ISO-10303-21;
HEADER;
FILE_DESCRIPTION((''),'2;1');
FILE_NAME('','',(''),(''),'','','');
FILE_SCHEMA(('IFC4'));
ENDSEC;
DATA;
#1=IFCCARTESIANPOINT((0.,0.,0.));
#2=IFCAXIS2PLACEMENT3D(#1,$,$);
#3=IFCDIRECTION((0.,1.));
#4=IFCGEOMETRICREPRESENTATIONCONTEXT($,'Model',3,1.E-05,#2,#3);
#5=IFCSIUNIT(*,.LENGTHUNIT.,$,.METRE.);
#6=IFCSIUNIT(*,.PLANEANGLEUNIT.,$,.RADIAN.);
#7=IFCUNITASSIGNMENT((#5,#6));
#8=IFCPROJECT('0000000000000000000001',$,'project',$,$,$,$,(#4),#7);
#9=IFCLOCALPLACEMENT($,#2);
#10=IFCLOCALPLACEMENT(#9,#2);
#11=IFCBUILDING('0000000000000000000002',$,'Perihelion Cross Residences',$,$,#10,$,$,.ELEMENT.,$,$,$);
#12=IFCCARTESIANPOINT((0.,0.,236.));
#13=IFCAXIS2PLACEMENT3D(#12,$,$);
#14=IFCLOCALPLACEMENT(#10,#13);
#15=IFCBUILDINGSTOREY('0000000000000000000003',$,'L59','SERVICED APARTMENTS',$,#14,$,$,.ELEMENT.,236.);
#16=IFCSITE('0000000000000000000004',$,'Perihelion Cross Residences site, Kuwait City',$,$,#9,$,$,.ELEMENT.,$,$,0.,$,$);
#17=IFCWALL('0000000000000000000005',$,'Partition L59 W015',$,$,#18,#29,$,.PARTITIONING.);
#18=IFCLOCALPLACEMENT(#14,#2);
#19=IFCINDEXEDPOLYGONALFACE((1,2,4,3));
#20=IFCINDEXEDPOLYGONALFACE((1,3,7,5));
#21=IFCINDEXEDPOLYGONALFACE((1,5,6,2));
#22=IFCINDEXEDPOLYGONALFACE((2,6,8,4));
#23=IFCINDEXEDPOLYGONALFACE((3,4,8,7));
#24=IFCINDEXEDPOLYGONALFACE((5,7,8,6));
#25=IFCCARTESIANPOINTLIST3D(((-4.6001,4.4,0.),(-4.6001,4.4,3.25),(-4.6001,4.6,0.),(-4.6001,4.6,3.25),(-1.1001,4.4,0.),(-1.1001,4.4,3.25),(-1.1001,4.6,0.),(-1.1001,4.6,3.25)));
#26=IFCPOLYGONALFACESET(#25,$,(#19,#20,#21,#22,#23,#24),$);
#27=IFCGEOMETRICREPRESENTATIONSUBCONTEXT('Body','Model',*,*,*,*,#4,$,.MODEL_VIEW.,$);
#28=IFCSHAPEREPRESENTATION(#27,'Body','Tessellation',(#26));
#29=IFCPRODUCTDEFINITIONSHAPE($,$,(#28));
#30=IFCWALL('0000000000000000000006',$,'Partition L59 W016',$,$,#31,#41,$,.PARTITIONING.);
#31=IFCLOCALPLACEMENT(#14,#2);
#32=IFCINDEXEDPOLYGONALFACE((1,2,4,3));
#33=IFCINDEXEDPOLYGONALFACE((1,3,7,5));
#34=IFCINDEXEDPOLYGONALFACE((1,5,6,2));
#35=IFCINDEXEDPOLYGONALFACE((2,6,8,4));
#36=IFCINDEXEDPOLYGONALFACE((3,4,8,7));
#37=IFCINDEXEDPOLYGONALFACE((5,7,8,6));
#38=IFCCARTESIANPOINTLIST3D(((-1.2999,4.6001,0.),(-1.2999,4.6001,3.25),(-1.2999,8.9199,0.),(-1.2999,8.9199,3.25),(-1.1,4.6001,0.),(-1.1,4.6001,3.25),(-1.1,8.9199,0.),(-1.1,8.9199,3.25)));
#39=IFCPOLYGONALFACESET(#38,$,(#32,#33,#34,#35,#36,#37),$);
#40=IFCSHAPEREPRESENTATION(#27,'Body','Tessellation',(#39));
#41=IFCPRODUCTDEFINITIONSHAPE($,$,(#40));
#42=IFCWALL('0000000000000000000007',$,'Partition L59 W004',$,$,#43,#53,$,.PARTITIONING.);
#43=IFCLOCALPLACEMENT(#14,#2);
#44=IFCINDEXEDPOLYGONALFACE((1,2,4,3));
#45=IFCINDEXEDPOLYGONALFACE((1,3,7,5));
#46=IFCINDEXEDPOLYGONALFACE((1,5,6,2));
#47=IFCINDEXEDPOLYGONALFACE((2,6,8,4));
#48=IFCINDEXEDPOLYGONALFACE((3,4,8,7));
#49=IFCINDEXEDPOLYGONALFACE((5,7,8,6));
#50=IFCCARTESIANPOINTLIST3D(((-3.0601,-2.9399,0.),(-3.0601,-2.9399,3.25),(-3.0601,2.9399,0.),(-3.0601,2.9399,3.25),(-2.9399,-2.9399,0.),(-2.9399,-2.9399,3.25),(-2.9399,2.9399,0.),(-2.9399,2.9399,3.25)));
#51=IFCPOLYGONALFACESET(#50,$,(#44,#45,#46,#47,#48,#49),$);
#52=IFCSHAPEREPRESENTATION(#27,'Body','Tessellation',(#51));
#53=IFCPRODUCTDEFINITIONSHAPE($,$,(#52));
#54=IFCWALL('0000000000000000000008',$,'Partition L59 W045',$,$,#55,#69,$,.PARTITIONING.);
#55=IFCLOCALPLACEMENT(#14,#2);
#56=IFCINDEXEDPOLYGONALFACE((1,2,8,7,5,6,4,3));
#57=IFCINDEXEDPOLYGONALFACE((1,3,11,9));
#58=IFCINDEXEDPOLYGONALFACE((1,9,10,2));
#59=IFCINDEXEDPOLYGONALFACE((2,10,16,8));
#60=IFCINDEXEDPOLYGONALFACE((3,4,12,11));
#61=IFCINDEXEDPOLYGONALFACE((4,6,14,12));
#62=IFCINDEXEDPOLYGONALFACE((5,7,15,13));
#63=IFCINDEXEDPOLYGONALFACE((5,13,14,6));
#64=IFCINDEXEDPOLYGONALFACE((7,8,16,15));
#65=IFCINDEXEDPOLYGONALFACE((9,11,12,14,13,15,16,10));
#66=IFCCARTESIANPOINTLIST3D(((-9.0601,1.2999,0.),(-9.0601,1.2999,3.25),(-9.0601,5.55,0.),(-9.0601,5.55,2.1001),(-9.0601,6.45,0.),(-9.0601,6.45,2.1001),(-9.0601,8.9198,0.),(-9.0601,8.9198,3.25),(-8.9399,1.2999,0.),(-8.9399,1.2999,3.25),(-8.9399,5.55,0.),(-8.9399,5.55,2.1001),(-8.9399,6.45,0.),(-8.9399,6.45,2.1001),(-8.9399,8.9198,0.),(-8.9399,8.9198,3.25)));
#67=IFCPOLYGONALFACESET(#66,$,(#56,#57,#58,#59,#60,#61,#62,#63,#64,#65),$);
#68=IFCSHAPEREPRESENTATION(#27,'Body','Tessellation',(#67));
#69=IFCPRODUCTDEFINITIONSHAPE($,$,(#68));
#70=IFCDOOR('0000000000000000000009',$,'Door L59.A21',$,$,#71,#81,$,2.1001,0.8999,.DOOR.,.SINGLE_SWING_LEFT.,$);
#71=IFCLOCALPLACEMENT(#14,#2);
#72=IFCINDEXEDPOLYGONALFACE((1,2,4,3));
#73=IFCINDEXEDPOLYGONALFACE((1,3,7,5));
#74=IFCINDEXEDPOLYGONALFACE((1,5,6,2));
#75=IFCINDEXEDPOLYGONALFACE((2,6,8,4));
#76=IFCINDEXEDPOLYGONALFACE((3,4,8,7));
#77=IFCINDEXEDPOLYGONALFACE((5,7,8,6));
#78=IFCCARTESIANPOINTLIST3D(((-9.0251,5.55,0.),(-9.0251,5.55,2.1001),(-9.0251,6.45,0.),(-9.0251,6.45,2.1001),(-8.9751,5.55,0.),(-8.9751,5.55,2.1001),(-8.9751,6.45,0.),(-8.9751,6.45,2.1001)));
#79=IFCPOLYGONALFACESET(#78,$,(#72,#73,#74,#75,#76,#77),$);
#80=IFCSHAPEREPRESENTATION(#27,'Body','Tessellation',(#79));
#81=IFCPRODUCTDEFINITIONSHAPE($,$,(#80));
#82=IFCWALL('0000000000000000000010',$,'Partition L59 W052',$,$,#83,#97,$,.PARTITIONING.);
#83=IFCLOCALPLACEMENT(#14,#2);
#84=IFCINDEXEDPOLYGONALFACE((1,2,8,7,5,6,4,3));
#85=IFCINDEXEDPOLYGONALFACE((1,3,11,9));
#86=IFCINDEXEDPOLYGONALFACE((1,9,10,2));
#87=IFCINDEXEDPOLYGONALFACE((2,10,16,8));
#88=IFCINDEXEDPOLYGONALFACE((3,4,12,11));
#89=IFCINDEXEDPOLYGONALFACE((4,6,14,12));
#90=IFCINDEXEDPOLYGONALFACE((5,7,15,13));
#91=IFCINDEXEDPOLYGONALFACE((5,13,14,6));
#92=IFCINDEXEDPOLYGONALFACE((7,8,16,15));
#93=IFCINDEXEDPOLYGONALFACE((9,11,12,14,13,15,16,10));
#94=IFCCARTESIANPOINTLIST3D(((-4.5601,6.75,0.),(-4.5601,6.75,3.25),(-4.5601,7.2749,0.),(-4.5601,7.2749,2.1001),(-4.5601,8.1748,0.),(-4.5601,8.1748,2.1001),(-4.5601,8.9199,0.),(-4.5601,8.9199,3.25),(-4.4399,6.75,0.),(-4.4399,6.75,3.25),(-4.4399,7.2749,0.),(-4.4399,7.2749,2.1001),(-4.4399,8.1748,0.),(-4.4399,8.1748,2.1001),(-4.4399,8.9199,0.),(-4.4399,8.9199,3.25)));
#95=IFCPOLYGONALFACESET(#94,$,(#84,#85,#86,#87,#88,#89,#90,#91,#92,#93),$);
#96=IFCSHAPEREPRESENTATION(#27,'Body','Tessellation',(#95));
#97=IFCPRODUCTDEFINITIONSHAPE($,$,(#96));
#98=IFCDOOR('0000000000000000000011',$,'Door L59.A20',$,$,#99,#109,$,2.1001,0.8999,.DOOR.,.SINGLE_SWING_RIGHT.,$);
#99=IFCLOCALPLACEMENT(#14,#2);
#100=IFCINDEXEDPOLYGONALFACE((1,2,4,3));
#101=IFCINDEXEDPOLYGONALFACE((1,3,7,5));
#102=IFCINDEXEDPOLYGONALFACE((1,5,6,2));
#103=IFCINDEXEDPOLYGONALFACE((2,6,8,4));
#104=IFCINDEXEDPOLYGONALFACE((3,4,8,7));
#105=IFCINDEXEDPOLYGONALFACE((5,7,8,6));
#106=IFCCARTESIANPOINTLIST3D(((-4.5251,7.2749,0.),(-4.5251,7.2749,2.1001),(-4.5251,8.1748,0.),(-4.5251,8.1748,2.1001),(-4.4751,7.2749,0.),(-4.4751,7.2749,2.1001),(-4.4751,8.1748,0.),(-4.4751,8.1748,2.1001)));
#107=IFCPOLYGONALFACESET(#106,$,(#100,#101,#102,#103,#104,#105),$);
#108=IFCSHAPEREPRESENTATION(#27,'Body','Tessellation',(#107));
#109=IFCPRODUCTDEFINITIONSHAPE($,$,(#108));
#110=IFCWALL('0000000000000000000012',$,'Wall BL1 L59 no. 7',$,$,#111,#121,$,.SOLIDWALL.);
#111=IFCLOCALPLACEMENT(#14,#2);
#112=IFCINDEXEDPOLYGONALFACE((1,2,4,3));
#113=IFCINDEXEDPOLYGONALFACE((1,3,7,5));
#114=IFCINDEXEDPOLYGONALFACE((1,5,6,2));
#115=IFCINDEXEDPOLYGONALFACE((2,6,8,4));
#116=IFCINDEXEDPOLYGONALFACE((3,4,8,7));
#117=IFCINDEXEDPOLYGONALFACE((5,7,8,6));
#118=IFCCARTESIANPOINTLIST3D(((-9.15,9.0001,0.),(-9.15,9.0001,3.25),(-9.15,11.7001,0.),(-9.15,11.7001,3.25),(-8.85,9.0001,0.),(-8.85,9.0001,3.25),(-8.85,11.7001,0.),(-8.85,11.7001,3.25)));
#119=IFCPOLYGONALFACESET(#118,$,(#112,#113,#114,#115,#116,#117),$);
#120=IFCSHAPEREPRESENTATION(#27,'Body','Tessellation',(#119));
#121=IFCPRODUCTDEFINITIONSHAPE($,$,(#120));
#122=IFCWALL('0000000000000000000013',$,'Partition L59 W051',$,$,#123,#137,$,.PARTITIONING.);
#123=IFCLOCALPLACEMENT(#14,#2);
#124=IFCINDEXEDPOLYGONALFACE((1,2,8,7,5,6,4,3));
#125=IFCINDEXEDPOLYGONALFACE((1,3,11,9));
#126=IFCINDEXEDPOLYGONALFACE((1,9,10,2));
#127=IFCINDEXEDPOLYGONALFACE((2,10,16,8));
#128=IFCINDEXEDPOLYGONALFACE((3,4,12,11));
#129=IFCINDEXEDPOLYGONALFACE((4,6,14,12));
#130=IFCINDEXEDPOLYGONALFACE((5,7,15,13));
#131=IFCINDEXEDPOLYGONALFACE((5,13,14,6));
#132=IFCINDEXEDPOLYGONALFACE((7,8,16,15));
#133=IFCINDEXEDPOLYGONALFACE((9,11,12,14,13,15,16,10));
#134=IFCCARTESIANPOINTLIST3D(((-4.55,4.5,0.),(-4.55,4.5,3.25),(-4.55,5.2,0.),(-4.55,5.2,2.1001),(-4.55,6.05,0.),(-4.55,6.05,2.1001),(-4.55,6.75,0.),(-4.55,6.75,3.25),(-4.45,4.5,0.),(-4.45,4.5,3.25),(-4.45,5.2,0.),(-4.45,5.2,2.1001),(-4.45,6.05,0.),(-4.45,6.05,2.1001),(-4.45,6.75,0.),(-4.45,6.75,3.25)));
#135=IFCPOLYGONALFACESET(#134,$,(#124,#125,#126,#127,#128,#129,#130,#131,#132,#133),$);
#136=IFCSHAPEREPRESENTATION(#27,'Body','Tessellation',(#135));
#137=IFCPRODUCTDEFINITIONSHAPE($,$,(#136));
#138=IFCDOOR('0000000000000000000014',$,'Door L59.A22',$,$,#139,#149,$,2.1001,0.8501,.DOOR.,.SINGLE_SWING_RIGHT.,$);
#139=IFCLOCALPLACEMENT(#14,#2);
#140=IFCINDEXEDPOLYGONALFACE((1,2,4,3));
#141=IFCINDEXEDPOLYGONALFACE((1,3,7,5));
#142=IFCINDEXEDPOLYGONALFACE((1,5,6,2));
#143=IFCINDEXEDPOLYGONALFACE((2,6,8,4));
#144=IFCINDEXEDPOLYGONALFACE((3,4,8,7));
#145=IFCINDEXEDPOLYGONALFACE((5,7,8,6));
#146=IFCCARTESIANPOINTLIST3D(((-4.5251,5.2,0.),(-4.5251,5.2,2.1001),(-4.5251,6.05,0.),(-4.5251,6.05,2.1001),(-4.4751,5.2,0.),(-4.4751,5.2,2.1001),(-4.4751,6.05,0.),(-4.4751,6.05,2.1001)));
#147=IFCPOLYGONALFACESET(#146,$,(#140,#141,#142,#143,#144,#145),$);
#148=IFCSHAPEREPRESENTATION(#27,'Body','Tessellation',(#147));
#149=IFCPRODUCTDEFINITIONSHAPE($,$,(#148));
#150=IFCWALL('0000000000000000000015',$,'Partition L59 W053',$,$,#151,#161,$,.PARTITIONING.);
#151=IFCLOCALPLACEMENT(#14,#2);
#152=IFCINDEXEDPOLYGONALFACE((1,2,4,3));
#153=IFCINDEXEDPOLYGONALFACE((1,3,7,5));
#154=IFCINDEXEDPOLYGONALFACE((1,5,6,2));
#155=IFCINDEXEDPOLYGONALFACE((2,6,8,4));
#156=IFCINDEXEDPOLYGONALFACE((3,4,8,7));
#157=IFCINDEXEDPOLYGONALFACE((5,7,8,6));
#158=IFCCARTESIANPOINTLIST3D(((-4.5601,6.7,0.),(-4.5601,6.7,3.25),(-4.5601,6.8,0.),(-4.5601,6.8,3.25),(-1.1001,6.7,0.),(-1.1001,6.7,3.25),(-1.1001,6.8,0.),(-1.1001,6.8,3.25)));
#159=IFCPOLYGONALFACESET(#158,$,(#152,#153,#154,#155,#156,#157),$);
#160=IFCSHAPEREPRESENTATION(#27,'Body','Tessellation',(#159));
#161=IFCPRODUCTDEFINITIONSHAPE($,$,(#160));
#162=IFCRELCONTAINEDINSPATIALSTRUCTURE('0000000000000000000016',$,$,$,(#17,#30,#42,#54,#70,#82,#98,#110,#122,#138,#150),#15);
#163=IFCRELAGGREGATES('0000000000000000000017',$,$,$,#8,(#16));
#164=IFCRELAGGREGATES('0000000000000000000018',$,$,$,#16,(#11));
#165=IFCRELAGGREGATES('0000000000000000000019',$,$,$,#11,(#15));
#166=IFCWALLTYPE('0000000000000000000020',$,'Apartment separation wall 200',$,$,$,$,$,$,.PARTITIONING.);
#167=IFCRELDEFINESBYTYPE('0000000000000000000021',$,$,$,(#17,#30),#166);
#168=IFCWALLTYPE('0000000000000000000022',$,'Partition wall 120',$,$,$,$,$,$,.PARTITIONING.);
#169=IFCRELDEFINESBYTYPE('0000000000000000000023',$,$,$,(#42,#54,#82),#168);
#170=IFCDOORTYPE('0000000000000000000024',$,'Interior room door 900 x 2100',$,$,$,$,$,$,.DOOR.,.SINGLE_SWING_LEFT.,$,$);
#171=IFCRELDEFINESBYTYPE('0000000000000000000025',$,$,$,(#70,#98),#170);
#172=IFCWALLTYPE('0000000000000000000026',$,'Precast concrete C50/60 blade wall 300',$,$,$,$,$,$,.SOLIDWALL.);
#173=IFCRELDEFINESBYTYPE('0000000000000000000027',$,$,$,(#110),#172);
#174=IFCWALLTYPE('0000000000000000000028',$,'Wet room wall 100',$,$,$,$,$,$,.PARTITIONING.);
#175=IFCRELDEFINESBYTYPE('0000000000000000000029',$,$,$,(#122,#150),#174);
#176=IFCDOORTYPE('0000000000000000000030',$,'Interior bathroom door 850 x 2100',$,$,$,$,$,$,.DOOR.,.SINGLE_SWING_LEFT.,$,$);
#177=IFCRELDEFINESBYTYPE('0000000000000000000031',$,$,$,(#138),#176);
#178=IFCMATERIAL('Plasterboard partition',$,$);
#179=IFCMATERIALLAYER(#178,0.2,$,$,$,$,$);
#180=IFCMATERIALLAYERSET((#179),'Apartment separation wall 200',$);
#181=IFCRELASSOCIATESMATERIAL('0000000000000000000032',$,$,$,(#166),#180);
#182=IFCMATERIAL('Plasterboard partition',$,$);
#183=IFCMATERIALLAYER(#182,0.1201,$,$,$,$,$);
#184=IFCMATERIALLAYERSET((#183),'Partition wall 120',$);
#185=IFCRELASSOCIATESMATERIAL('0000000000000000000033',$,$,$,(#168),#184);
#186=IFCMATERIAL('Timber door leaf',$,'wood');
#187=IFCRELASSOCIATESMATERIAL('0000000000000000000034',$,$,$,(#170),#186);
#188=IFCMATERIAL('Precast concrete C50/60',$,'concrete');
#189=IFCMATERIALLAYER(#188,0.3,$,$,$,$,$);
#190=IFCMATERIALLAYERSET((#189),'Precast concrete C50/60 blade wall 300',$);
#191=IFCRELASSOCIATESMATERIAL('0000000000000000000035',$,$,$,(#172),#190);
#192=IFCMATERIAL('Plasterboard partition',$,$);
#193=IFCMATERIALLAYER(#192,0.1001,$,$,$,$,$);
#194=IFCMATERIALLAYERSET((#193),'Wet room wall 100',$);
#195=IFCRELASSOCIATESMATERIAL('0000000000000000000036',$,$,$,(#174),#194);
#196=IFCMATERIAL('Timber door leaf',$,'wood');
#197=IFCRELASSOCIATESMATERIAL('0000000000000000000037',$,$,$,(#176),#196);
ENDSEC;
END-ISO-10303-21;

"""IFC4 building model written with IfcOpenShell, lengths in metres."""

from ifc_helpers import new_model, si_unit, direction, frame, frame_2d, origin, place, context, subcontext, project, spatial, rectangle, extrude, material, layer, layer_set, type_object, element, fill, save


model = new_model("IFC4")

# Units and contexts
model_context = context("Model", 3, precision=1e-05, world=origin(), true_north=direction((0.0, 1.0)))
body_context = subcontext(model_context, "Body", "Model", "MODEL_VIEW")
ifc_project = project(units=[si_unit("LENGTHUNIT", "METRE"), si_unit("PLANEANGLEUNIT", "RADIAN")], contexts=[model_context])

# Site, building, storey
site_placement = place(None, origin())
site = spatial("IfcSite", under=ifc_project, at=site_placement, Name="Perihelion Cross Residences site, Kuwait City", CompositionType="ELEMENT", RefElevation=0.0)
building_placement = place(site_placement, origin())
building = spatial("IfcBuilding", under=site, at=building_placement, Name="Perihelion Cross Residences", CompositionType="ELEMENT")
storey_placement = place(building_placement, frame((0.0, 0.0, 236.0)))
storey = spatial("IfcBuildingStorey", under=building, at=storey_placement, Name="L59", Description="SERVICED APARTMENTS", CompositionType="ELEMENT", Elevation=236.0)

# Walls
ifc_material_1 = material(Name="Plasterboard partition")
ifc_layer_1 = layer(ifc_material_1, 0.2)
ifc_layer_set_1 = layer_set([ifc_layer_1], Name="Apartment separation wall 200")
wall_type_1 = type_object("IfcWallType", Name="Apartment separation wall 200", PredefinedType="PARTITIONING", material=ifc_layer_set_1)
wall_1_placement = place(storey_placement, frame((-4.6001, 4.5, 0.0), z_axis=(0.0, 0.0, 1.0), x_axis=(1.0, 0.0, 0.0)))
element("IfcWall", 1, at=wall_1_placement, inside=storey, type_object=wall_type_1, Name="Partition L59 W015", PredefinedType="PARTITIONING", context=body_context, shape_type="SweptSolid", body=[
    extrude(rectangle(XDim=3.5, YDim=0.2, at=frame_2d((1.75, 0.0))), origin(), (0.0, 0.0, 1.0), 3.25),
])
wall_2_placement = place(storey_placement, frame((-1.2, 4.6001, 0.0), z_axis=(0.0, 0.0, 1.0), x_axis=(0.0, 1.0, 0.0)))
element("IfcWall", 2, at=wall_2_placement, inside=storey, type_object=wall_type_1, Name="Partition L59 W016", PredefinedType="PARTITIONING", context=body_context, shape_type="SweptSolid", body=[
    extrude(rectangle(XDim=4.3198, YDim=0.2, at=frame_2d((2.1599, 0.0))), origin(), (0.0, 0.0, 1.0), 3.25),
])

# Wall
ifc_material_2 = material(Name="Plasterboard partition")
ifc_layer_2 = layer(ifc_material_2, 0.1201)
ifc_layer_set_2 = layer_set([ifc_layer_2], Name="Partition wall 120")
wall_type_2 = type_object("IfcWallType", Name="Partition wall 120", PredefinedType="PARTITIONING", material=ifc_layer_set_2)
wall_3_placement = place(storey_placement, frame((-3.0, 2.9399, 0.0), z_axis=(0.0, 0.0, 1.0), x_axis=(0.0, -1.0, 0.0)))
element("IfcWall", 3, at=wall_3_placement, inside=storey, type_object=wall_type_2, Name="Partition L59 W004", PredefinedType="PARTITIONING", context=body_context, shape_type="SweptSolid", body=[
    extrude(rectangle(XDim=5.8799, YDim=0.1201, at=frame_2d((2.9399, 0.0))), origin(), (0.0, 0.0, 1.0), 3.25),
])

# Walls, openings, doors
wall_4_placement = place(storey_placement, frame((-9.0, 8.9199, 0.0), z_axis=(0.0, 0.0, 1.0), x_axis=(0.0, -1.0, 0.0)))
wall_4 = element("IfcWall", 4, at=wall_4_placement, inside=storey, type_object=wall_type_2, Name="Partition L59 W045", PredefinedType="PARTITIONING", context=body_context, shape_type="SweptSolid", body=[
    extrude(rectangle(XDim=7.6199, YDim=0.1201, at=frame_2d((3.8101, 0.0))), origin(), (0.0, 0.0, 1.0), 3.25),
])
opening_1_placement = place(wall_4_placement, frame((2.47, 0.0, 0.0)))
opening_1 = element("IfcOpeningElement", 5, at=opening_1_placement, cuts=wall_4, PredefinedType="OPENING", context=body_context, shape_type="SweptSolid", body=[
    extrude(rectangle(XDim=0.8999, YDim=2.1001, at=frame_2d((0.45, 1.05))), frame((0.0, 0.0701, 0.0), z_axis=(0.0, -1.0, 0.0), x_axis=(1.0, 0.0, 0.0)), (0.0, 0.0, 1.0), 0.1401),
])
ifc_material_3 = material(Name="Timber door leaf", Category="wood")
door_type_1 = type_object("IfcDoorType", Name="Interior room door 900 x 2100", OperationType="SINGLE_SWING_LEFT", PredefinedType="DOOR", material=ifc_material_3)
door_1_placement = place(opening_1_placement, origin())
door_1 = element("IfcDoor", 6, at=door_1_placement, inside=storey, type_object=door_type_1, Name="Door L59.A21", OperationType="SINGLE_SWING_LEFT", OverallHeight=2.1001, OverallWidth=0.8999, PredefinedType="DOOR", context=body_context, shape_type="SweptSolid", body=[
    extrude(rectangle(XDim=0.8999, YDim=2.1001, at=frame_2d((0.45, 1.05))), frame((0.0, 0.0249, 0.0), z_axis=(0.0, -1.0, 0.0), x_axis=(1.0, 0.0, 0.0)), (0.0, 0.0, 1.0), 0.05),
])
fill(opening_1, door_1)
wall_5_placement = place(storey_placement, frame((-4.5, 8.9199, 0.0), z_axis=(0.0, 0.0, 1.0), x_axis=(0.0, -1.0, 0.0)))
wall_5 = element("IfcWall", 7, at=wall_5_placement, inside=storey, type_object=wall_type_2, Name="Partition L59 W052", PredefinedType="PARTITIONING", context=body_context, shape_type="SweptSolid", body=[
    extrude(rectangle(XDim=2.1699, YDim=0.1201, at=frame_2d((1.085, 0.0))), origin(), (0.0, 0.0, 1.0), 3.25),
])
opening_2_placement = place(wall_5_placement, frame((0.7451, 0.0, 0.0)))
opening_2 = element("IfcOpeningElement", 8, at=opening_2_placement, cuts=wall_5, PredefinedType="OPENING", context=body_context, shape_type="SweptSolid", body=[
    extrude(rectangle(XDim=0.8999, YDim=2.1001, at=frame_2d((0.45, 1.05))), frame((0.0, 0.0701, 0.0), z_axis=(0.0, -1.0, 0.0), x_axis=(1.0, 0.0, 0.0)), (0.0, 0.0, 1.0), 0.1401),
])
door_2_placement = place(opening_2_placement, origin())
door_2 = element("IfcDoor", 9, at=door_2_placement, inside=storey, type_object=door_type_1, Name="Door L59.A20", OperationType="SINGLE_SWING_RIGHT", OverallHeight=2.1001, OverallWidth=0.8999, PredefinedType="DOOR", context=body_context, shape_type="SweptSolid", body=[
    extrude(rectangle(XDim=0.8999, YDim=2.1001, at=frame_2d((0.45, 1.05))), frame((0.0, 0.0249, 0.0), z_axis=(0.0, -1.0, 0.0), x_axis=(1.0, 0.0, 0.0)), (0.0, 0.0, 1.0), 0.05),
])
fill(opening_2, door_2)

# Wall
ifc_material_4 = material(Name="Precast concrete C50/60", Category="concrete")
ifc_layer_3 = layer(ifc_material_4, 0.3)
ifc_layer_set_3 = layer_set([ifc_layer_3], Name="Precast concrete C50/60 blade wall 300")
wall_type_3 = type_object("IfcWallType", Name="Precast concrete C50/60 blade wall 300", PredefinedType="SOLIDWALL", material=ifc_layer_set_3)
wall_6_placement = place(storey_placement, frame((-9.0, 9.0, 0.0), z_axis=(0.0, 0.0, 1.0), x_axis=(0.0, 1.0, 0.0)))
element("IfcWall", 10, at=wall_6_placement, inside=storey, type_object=wall_type_3, Name="Wall BL1 L59 no. 7", PredefinedType="SOLIDWALL", context=body_context, shape_type="SweptSolid", body=[
    extrude(rectangle(XDim=2.7, YDim=0.3, at=frame_2d((1.3501, 0.0))), origin(), (0.0, 0.0, 1.0), 3.25),
])

# Wall, opening, door
ifc_material_5 = material(Name="Plasterboard partition")
ifc_layer_4 = layer(ifc_material_5, 0.1001)
ifc_layer_set_4 = layer_set([ifc_layer_4], Name="Wet room wall 100")
wall_type_4 = type_object("IfcWallType", Name="Wet room wall 100", PredefinedType="PARTITIONING", material=ifc_layer_set_4)
wall_7_placement = place(storey_placement, frame((-4.5, 6.75, 0.0), z_axis=(0.0, 0.0, 1.0), x_axis=(0.0, -1.0, 0.0)))
wall_7 = element("IfcWall", 11, at=wall_7_placement, inside=storey, type_object=wall_type_4, Name="Partition L59 W051", PredefinedType="PARTITIONING", context=body_context, shape_type="SweptSolid", body=[
    extrude(rectangle(XDim=2.25, YDim=0.1001, at=frame_2d((1.125, 0.0))), origin(), (0.0, 0.0, 1.0), 3.25),
])
opening_3_placement = place(wall_7_placement, frame((0.7, 0.0, 0.0)))
opening_3 = element("IfcOpeningElement", 12, at=opening_3_placement, cuts=wall_7, PredefinedType="OPENING", context=body_context, shape_type="SweptSolid", body=[
    extrude(rectangle(XDim=0.8501, YDim=2.1001, at=frame_2d((0.425, 1.05))), frame((0.0, 0.0601, 0.0), z_axis=(0.0, -1.0, 0.0), x_axis=(1.0, 0.0, 0.0)), (0.0, 0.0, 1.0), 0.1201),
])
ifc_material_6 = material(Name="Timber door leaf", Category="wood")
door_type_2 = type_object("IfcDoorType", Name="Interior bathroom door 850 x 2100", OperationType="SINGLE_SWING_LEFT", PredefinedType="DOOR", material=ifc_material_6)
door_3_placement = place(opening_3_placement, origin())
door_3 = element("IfcDoor", 13, at=door_3_placement, inside=storey, type_object=door_type_2, Name="Door L59.A22", OperationType="SINGLE_SWING_RIGHT", OverallHeight=2.1001, OverallWidth=0.8501, PredefinedType="DOOR", context=body_context, shape_type="SweptSolid", body=[
    extrude(rectangle(XDim=0.8501, YDim=2.1001, at=frame_2d((0.425, 1.05))), frame((0.0, 0.0249, 0.0), z_axis=(0.0, -1.0, 0.0), x_axis=(1.0, 0.0, 0.0)), (0.0, 0.0, 1.0), 0.05),
])
fill(opening_3, door_3)

# Wall
wall_8_placement = place(storey_placement, frame((-4.5601, 6.75, 0.0), z_axis=(0.0, 0.0, 1.0), x_axis=(1.0, 0.0, 0.0)))
element("IfcWall", 14, at=wall_8_placement, inside=storey, type_object=wall_type_4, Name="Partition L59 W053", PredefinedType="PARTITIONING", context=body_context, shape_type="SweptSolid", body=[
    extrude(rectangle(XDim=3.46, YDim=0.1001, at=frame_2d((1.73, 0.0))), origin(), (0.0, 0.0, 1.0), 3.25),
])

save(model, "model.ifc")
